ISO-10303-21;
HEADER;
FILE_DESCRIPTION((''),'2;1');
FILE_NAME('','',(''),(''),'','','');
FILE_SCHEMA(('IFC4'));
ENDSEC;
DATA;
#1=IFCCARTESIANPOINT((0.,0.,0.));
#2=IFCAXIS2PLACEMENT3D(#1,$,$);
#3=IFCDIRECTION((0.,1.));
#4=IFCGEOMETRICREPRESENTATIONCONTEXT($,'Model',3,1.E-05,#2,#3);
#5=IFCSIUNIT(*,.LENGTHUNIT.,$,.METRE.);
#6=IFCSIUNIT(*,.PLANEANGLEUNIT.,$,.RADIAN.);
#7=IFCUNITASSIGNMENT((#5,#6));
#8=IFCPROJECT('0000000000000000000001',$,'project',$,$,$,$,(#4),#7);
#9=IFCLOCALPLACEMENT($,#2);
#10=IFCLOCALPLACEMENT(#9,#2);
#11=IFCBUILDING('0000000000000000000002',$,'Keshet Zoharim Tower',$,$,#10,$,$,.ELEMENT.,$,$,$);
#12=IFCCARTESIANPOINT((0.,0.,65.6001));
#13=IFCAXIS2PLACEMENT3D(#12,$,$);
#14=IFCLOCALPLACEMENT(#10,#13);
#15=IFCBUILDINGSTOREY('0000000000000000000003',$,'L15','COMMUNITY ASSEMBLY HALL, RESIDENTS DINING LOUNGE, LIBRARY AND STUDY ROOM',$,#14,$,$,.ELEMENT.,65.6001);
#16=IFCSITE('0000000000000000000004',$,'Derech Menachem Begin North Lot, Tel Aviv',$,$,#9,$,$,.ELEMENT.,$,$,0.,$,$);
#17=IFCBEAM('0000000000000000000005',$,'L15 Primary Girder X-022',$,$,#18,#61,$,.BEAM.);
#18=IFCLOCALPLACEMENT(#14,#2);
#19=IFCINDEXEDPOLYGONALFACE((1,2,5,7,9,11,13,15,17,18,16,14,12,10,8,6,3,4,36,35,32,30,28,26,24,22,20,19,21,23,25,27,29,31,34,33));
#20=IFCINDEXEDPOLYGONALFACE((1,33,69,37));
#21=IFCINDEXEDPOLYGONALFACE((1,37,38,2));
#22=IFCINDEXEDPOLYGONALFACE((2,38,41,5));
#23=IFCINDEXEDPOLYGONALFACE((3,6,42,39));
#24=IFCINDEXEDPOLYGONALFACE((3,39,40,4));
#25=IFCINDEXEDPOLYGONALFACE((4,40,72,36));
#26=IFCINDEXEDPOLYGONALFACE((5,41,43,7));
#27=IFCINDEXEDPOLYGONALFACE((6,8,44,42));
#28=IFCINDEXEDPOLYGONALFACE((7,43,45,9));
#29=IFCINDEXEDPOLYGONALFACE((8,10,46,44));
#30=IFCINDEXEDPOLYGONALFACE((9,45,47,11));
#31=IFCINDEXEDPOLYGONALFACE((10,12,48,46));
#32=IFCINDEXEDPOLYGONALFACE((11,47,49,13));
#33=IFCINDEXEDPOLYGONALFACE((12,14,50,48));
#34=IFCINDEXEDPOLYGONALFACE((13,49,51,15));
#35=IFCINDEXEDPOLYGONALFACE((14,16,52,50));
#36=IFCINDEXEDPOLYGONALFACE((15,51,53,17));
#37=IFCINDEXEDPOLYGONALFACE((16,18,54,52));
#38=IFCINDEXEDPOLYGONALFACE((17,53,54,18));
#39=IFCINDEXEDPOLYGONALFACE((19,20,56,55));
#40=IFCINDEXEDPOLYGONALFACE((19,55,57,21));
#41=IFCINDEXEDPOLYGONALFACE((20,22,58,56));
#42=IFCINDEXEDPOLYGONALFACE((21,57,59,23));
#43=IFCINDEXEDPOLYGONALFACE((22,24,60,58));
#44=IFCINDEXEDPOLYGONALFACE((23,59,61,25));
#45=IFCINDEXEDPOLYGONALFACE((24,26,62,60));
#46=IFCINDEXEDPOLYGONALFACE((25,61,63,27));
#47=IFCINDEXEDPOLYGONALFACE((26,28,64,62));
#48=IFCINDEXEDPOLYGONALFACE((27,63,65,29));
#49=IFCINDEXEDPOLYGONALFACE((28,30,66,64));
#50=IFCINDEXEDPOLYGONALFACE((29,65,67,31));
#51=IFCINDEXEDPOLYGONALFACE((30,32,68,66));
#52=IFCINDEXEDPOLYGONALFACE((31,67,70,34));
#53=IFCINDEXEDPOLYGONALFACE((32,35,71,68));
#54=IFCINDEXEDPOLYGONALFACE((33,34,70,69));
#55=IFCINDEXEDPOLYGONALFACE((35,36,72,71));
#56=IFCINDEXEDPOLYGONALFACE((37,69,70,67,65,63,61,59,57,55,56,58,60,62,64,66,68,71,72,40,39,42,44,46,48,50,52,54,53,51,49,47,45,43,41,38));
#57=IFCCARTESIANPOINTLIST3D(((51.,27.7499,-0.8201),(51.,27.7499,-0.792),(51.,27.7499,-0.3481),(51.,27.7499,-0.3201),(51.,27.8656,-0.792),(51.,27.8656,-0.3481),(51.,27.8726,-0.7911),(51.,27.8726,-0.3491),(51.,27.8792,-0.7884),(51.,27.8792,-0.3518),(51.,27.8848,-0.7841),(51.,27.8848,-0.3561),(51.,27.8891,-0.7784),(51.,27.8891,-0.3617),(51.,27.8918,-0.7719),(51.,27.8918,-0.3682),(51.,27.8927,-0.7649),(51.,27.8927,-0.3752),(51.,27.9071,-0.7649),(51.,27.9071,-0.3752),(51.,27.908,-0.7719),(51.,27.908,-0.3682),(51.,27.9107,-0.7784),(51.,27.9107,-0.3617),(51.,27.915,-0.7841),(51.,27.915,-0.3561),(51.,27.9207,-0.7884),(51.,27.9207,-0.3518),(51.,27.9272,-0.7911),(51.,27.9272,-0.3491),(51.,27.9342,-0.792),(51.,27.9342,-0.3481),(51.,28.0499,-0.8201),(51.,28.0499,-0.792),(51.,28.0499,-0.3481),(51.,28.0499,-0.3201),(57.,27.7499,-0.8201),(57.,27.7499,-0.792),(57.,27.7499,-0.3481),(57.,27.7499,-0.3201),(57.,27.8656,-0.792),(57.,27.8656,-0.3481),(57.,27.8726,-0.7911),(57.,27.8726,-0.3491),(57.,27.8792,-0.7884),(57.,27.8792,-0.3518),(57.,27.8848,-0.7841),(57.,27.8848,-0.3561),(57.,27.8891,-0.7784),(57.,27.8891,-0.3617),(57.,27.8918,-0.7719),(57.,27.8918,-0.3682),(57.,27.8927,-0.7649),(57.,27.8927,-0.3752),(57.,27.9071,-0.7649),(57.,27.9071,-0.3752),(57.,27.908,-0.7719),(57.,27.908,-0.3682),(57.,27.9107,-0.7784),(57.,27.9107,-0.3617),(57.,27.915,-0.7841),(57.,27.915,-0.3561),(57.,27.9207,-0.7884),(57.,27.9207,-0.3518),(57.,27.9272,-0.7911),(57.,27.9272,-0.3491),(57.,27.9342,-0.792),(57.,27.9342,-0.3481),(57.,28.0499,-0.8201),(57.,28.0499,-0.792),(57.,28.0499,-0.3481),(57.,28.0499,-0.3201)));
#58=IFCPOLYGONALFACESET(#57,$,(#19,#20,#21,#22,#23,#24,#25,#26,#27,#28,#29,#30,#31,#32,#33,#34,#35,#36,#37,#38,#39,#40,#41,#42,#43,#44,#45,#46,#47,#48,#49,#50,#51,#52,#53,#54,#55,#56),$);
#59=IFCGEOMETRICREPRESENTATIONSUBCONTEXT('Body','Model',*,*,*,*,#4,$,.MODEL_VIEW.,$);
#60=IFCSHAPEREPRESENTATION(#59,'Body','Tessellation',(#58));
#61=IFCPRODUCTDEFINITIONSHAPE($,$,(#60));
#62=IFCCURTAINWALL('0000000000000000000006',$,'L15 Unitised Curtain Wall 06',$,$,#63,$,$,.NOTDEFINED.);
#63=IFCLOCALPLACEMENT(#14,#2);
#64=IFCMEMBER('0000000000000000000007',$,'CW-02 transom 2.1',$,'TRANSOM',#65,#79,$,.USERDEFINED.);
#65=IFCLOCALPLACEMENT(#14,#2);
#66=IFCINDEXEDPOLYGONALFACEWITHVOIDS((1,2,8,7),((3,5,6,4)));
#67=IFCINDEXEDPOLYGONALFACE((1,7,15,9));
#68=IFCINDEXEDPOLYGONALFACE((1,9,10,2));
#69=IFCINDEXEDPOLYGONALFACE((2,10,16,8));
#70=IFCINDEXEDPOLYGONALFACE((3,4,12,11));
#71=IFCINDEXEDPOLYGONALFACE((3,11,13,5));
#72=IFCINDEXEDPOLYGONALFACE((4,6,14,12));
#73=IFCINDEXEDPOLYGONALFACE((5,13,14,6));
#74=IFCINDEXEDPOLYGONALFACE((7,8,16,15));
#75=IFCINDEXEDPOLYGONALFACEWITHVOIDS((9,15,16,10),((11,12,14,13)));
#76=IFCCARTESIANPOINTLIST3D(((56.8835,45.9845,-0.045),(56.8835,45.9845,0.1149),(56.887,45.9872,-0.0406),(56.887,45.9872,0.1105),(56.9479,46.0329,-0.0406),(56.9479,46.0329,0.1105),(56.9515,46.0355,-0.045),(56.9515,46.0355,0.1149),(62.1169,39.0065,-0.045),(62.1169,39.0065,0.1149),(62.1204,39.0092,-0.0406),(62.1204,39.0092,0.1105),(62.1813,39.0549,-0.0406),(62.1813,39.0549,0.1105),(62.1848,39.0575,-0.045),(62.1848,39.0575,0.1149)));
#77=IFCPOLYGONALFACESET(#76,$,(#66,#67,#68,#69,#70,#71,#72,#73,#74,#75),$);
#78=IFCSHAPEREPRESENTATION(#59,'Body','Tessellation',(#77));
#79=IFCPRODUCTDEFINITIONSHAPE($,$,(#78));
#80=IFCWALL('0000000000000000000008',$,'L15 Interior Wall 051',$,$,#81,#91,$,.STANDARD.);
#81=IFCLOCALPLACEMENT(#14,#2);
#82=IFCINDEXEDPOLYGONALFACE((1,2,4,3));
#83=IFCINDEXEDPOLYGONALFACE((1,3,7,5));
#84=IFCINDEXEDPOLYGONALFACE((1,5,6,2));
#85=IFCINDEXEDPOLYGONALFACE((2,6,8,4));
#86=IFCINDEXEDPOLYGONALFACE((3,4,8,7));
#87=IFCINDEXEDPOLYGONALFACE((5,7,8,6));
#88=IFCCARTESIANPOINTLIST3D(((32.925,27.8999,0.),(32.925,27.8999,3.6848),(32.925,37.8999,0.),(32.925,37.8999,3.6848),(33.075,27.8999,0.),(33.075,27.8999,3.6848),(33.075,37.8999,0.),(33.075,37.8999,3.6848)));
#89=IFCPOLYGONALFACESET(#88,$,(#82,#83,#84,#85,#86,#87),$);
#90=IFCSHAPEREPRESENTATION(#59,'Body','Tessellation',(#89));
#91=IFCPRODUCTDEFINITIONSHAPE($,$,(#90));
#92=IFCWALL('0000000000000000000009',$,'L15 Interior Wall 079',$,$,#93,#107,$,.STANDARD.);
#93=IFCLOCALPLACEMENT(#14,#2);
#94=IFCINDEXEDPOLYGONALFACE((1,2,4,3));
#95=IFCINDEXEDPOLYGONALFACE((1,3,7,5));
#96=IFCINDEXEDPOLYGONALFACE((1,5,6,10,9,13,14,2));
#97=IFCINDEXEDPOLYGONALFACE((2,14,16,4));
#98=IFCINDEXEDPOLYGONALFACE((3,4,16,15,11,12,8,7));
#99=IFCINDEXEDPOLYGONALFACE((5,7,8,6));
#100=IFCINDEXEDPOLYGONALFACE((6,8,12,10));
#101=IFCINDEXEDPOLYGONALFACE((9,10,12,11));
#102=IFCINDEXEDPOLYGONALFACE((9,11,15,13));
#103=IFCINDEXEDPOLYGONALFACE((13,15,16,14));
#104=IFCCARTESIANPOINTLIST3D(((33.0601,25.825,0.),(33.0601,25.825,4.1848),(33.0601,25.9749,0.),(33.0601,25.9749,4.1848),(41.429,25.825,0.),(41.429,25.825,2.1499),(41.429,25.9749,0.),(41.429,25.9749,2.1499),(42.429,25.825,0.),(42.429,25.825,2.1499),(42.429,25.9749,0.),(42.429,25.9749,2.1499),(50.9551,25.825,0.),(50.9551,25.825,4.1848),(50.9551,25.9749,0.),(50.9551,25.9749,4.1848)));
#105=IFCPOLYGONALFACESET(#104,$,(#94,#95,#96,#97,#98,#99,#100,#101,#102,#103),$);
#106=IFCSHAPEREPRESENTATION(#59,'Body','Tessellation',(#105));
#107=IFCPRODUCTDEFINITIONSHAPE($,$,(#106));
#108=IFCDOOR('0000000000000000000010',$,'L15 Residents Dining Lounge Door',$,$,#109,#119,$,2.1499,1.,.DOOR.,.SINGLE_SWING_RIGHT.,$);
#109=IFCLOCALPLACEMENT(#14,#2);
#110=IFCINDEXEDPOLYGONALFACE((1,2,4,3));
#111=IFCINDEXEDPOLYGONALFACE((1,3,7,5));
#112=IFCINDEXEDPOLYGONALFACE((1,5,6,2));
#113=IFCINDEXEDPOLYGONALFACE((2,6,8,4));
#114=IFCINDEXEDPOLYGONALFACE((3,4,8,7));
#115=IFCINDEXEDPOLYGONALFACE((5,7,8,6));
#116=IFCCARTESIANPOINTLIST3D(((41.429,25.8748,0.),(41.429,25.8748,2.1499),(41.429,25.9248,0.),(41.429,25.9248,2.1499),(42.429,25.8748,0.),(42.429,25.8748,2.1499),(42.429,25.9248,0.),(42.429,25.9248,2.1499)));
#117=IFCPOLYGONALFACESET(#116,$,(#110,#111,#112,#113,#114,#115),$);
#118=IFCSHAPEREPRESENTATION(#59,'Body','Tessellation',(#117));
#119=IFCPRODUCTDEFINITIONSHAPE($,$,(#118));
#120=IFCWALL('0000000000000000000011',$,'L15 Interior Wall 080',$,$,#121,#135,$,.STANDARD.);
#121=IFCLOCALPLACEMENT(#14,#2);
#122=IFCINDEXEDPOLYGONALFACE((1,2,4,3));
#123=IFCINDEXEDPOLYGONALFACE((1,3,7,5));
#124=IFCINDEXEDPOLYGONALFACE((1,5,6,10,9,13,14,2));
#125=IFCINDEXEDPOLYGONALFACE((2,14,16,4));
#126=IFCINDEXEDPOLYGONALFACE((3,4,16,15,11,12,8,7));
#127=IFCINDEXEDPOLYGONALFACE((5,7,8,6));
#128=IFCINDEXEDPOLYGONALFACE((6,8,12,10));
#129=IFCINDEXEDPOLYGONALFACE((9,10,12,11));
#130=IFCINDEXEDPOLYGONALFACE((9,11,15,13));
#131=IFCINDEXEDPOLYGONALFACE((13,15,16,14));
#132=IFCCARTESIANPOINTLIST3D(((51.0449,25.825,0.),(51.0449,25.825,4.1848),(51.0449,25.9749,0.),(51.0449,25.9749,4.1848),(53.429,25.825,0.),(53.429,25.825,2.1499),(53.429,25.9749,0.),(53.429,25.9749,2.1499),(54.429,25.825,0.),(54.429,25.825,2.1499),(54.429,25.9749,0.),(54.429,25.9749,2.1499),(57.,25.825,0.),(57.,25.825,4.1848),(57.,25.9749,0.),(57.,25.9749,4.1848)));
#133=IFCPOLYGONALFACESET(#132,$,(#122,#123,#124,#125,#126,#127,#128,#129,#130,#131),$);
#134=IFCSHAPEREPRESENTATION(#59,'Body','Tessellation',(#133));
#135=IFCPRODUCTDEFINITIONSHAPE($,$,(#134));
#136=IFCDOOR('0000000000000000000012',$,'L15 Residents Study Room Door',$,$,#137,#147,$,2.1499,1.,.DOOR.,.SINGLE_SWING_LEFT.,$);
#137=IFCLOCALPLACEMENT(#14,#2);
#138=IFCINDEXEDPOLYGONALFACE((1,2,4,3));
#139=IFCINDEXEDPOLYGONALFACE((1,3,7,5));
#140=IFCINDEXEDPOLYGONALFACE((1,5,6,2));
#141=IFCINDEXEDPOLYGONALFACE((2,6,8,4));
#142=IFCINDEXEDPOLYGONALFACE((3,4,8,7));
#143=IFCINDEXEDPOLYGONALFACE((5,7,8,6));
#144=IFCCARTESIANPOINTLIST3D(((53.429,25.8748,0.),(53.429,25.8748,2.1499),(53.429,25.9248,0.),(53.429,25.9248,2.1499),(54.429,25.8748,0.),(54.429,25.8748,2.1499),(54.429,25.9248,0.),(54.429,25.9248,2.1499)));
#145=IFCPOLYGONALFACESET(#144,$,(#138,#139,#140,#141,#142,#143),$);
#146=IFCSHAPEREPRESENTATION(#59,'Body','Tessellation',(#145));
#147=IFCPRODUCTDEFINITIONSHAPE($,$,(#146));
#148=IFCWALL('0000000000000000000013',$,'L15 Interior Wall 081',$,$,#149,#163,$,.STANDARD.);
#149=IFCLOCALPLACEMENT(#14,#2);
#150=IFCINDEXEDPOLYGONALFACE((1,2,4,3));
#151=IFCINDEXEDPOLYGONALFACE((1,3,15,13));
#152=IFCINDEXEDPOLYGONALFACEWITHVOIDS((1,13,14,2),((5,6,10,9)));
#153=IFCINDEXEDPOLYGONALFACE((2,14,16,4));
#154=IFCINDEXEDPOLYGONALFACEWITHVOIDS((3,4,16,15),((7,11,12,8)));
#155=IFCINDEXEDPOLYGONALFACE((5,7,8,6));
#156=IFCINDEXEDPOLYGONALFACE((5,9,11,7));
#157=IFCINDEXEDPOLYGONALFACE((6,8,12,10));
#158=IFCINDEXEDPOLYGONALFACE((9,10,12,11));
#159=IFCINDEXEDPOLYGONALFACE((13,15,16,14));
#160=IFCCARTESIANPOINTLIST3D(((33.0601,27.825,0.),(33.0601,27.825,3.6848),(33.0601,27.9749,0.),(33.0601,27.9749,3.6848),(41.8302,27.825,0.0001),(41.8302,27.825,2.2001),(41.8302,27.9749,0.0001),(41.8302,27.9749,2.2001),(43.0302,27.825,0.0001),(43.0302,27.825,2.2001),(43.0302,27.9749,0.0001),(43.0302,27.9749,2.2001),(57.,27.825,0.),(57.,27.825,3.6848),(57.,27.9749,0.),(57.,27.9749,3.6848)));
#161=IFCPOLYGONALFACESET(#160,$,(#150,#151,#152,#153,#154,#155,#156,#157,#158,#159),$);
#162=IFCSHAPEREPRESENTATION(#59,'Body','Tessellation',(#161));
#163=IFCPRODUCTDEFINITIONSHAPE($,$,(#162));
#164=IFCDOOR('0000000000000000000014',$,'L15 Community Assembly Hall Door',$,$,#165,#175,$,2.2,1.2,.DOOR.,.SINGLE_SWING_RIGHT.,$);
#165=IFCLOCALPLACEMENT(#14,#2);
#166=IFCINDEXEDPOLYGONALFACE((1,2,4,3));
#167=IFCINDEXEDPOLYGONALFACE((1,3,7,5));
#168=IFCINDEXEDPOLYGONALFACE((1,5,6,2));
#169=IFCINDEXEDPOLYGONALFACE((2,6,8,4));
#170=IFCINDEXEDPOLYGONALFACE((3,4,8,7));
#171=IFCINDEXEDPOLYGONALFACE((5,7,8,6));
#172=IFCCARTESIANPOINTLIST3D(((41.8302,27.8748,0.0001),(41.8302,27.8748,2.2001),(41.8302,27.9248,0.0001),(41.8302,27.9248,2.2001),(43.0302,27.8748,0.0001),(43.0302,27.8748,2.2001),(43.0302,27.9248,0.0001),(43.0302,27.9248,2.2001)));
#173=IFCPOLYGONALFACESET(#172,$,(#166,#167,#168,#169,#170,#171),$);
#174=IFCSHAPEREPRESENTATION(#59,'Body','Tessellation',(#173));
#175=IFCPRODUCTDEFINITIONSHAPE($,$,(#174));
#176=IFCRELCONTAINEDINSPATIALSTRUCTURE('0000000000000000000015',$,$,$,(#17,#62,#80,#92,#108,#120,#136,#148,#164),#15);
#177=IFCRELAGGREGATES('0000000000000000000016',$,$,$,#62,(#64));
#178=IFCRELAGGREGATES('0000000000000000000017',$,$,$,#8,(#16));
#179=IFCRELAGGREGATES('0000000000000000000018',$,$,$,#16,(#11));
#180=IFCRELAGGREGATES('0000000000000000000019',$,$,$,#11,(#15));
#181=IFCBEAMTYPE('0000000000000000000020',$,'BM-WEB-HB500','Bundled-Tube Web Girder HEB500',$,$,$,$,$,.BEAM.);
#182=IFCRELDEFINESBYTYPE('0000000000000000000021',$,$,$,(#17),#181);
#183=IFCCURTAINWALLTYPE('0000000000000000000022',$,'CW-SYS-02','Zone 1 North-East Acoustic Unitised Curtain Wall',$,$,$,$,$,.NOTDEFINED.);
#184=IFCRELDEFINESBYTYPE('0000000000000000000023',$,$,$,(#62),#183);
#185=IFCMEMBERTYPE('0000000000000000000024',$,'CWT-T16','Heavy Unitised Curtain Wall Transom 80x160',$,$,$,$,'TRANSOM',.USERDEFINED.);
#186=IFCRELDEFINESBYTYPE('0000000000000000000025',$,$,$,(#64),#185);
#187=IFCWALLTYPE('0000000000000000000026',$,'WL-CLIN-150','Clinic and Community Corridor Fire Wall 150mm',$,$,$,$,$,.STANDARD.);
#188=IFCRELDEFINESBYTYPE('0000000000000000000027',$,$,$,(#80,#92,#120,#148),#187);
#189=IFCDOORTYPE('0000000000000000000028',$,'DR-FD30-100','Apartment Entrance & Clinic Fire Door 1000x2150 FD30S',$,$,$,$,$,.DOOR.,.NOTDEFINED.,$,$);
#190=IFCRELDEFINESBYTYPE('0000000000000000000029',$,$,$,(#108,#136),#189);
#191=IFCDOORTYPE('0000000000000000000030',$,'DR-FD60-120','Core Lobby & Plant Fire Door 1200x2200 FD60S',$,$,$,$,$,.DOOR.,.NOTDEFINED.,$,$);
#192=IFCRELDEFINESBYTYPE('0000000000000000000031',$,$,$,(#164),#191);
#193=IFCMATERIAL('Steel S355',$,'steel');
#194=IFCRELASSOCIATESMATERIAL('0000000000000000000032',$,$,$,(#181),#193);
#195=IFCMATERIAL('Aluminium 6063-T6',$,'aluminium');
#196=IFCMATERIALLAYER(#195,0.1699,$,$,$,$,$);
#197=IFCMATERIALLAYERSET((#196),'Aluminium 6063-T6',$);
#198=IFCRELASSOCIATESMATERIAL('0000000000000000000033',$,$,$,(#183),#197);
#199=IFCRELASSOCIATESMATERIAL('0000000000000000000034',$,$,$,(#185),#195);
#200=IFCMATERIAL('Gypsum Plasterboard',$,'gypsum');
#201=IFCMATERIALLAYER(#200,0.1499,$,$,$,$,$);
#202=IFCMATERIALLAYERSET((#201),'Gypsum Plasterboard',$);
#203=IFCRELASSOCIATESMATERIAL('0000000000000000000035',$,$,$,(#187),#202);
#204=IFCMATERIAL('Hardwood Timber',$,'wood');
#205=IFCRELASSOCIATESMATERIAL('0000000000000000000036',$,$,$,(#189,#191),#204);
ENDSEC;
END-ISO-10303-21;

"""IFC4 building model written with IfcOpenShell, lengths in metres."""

from ifc_helpers import new_model, si_unit, direction, frame, frame_2d, origin, origin_2d, place, context, subcontext, project, spatial, rectangle, hollow_rectangle, i_section, extrude, material, layer, layer_set, material_profile, profile_set, type_object, element, fill, aggregate, save


model = new_model("IFC4")

# Units and contexts
model_context = context("Model", 3, precision=1e-05, world=origin(), true_north=direction((0.0, 1.0)))
body_context = subcontext(model_context, "Body", "Model", "MODEL_VIEW")
ifc_project = project(units=[si_unit("LENGTHUNIT", "METRE"), si_unit("PLANEANGLEUNIT", "RADIAN")], contexts=[model_context])

# Site, building, storey
site_placement = place(None, origin())
site = spatial("IfcSite", under=ifc_project, at=site_placement, Name="Derech Menachem Begin North Lot, Tel Aviv", CompositionType="ELEMENT", RefElevation=0.0)
building_placement = place(site_placement, origin())
building = spatial("IfcBuilding", under=site, at=building_placement, Name="Keshet Zoharim Tower", CompositionType="ELEMENT")
storey_placement = place(building_placement, frame((0.0, 0.0, 65.6001)))
storey = spatial("IfcBuildingStorey", under=building, at=storey_placement, Name="L15", Description="COMMUNITY ASSEMBLY HALL, RESIDENTS DINING LOUNGE, LIBRARY AND STUDY ROOM", CompositionType="ELEMENT", Elevation=65.6001)

# Beam
ifc_material_1 = material(Name="Steel S355", Category="steel")
ifc_material_profile_1 = material_profile(ifc_material_1, i_section(OverallWidth=0.3, OverallDepth=0.5, WebThickness=0.0144, FlangeThickness=0.0281, FilletRadius=0.0271, at=origin_2d()), Name="HEB500")
ifc_profile_set_1 = profile_set([ifc_material_profile_1], Name="Steel S355")
beam_type_1 = type_object("IfcBeamType", Name="BM-WEB-HB500", Description="Bundled-Tube Web Girder HEB500", PredefinedType="BEAM", material=ifc_profile_set_1)
for number, where, z_axis, x_axis, name in (
    (1, (51.0, 27.8999, -0.5701), (1.0, 0.0, 0.0), (0.0, 1.0, 0.0), "L15 Primary Girder X-022"),
):
    element("IfcBeam", number, at=place(storey_placement, frame(where, z_axis=z_axis, x_axis=x_axis)), inside=storey, type_object=beam_type_1, Name=name, PredefinedType="BEAM", context=body_context, shape_type="SweptSolid", body=[
        extrude(i_section(OverallWidth=0.3, OverallDepth=0.5, WebThickness=0.0144, FlangeThickness=0.0281, FilletRadius=0.0271, at=origin_2d()), origin(), (0.0, 0.0, 1.0), 6.0),
    ])

# Curtain wall, member
ifc_material_2 = material(Name="Aluminium 6063-T6", Category="aluminium")
ifc_layer_1 = layer(ifc_material_2, 0.1699)
ifc_layer_set_1 = layer_set([ifc_layer_1], Name="Aluminium 6063-T6")
curtain_wall_type = type_object("IfcCurtainWallType", Name="CW-SYS-02", Description="Zone 1 North-East Acoustic Unitised Curtain Wall", PredefinedType="NOTDEFINED", material=ifc_layer_set_1)
curtain_wall_placement = place(storey_placement, origin())
curtain_wall = element("IfcCurtainWall", 2, at=curtain_wall_placement, inside=storey, type_object=curtain_wall_type, Name="L15 Unitised Curtain Wall 06", PredefinedType="NOTDEFINED")
ifc_material_profile_2 = material_profile(ifc_material_2, hollow_rectangle(XDim=0.085, YDim=0.1599, WallThickness=0.0044, at=origin_2d()), Name="TRN-85x160")
ifc_profile_set_2 = profile_set([ifc_material_profile_2], Name="Aluminium 6063-T6")
member_type = type_object("IfcMemberType", Name="CWT-T16", Description="Heavy Unitised Curtain Wall Transom 80x160", ElementType="TRANSOM", PredefinedType="USERDEFINED", material=ifc_profile_set_2)
member_placement = place(storey_placement, frame((56.9175, 46.01, 0.0349), z_axis=(0.599991, -0.800007, 0.0), x_axis=(0.800007, 0.599991, 0.0)))
member = element("IfcMember", 3, at=member_placement, type_object=member_type, Name="CW-02 transom 2.1", ObjectType="TRANSOM", PredefinedType="USERDEFINED", context=body_context, shape_type="SweptSolid", body=[
    extrude(hollow_rectangle(XDim=0.085, YDim=0.1599, WallThickness=0.0044, at=origin_2d()), origin(), (0.0, 0.0, 1.0), 8.7224),
])
aggregate(curtain_wall, [member])

# Wall
ifc_material_3 = material(Name="Gypsum Plasterboard", Category="gypsum")
ifc_layer_2 = layer(ifc_material_3, 0.1499)
ifc_layer_set_2 = layer_set([ifc_layer_2], Name="Gypsum Plasterboard")
wall_type_1 = type_object("IfcWallType", Name="WL-CLIN-150", Description="Clinic and Community Corridor Fire Wall 150mm", PredefinedType="STANDARD", material=ifc_layer_set_2)
wall_1_placement = place(storey_placement, frame((33.0, 27.8999, 0.0), z_axis=(0.0, 0.0, 1.0), x_axis=(0.0, 1.0, 0.0)))
element("IfcWall", 4, at=wall_1_placement, inside=storey, type_object=wall_type_1, Name="L15 Interior Wall 051", PredefinedType="STANDARD", context=body_context, shape_type="SweptSolid", body=[
    extrude(rectangle(XDim=10.0, YDim=0.1499, at=frame_2d((5.0, 0.0))), origin(), (0.0, 0.0, 1.0), 3.6848),
])

# Walls, openings, doors
wall_2_placement = place(storey_placement, frame((33.0601, 25.8999, 0.0), z_axis=(0.0, 0.0, 1.0), x_axis=(1.0, 0.0, 0.0)))
wall_2 = element("IfcWall", 5, at=wall_2_placement, inside=storey, type_object=wall_type_1, Name="L15 Interior Wall 079", PredefinedType="STANDARD", context=body_context, shape_type="SweptSolid", body=[
    extrude(rectangle(XDim=17.895, YDim=0.1499, at=frame_2d((8.9475, 0.0))), origin(), (0.0, 0.0, 1.0), 4.1848),
])
opening_1_placement = place(wall_2_placement, frame((8.3689, 0.0, 0.0)))
opening_1 = element("IfcOpeningElement", 6, at=opening_1_placement, cuts=wall_2, PredefinedType="OPENING", context=body_context, shape_type="SweptSolid", body=[
    extrude(rectangle(XDim=1.0, YDim=2.1499, at=frame_2d((0.5, 1.075))), frame((0.0, 0.085, 0.0), z_axis=(0.0, -1.0, 0.0), x_axis=(1.0, 0.0, 0.0)), (0.0, 0.0, 1.0), 0.1699),
])
ifc_material_4 = material(Name="Hardwood Timber", Category="wood")
door_type_1 = type_object("IfcDoorType", Name="DR-FD30-100", Description="Apartment Entrance & Clinic Fire Door 1000x2150 FD30S", OperationType="NOTDEFINED", PredefinedType="DOOR", material=ifc_material_4)
door_1_placement = place(opening_1_placement, origin())
door_1 = element("IfcDoor", 7, at=door_1_placement, inside=storey, type_object=door_type_1, Name="L15 Residents Dining Lounge Door", OperationType="SINGLE_SWING_RIGHT", OverallHeight=2.1499, OverallWidth=1.0, PredefinedType="DOOR", context=body_context, shape_type="SweptSolid", body=[
    extrude(rectangle(XDim=1.0, YDim=2.1499, at=frame_2d((0.5, 1.075))), frame((0.0, 0.0249, 0.0), z_axis=(0.0, -1.0, 0.0), x_axis=(1.0, 0.0, 0.0)), (0.0, 0.0, 1.0), 0.05),
])
fill(opening_1, door_1)
wall_3_placement = place(storey_placement, frame((51.0449, 25.8999, 0.0), z_axis=(0.0, 0.0, 1.0), x_axis=(1.0, 0.0, 0.0)))
wall_3 = element("IfcWall", 8, at=wall_3_placement, inside=storey, type_object=wall_type_1, Name="L15 Interior Wall 080", PredefinedType="STANDARD", context=body_context, shape_type="SweptSolid", body=[
    extrude(rectangle(XDim=5.9551, YDim=0.1499, at=frame_2d((2.9775, 0.0))), origin(), (0.0, 0.0, 1.0), 4.1848),
])
opening_2_placement = place(wall_3_placement, frame((2.384, 0.0, 0.0)))
opening_2 = element("IfcOpeningElement", 9, at=opening_2_placement, cuts=wall_3, PredefinedType="OPENING", context=body_context, shape_type="SweptSolid", body=[
    extrude(rectangle(XDim=1.0, YDim=2.1499, at=frame_2d((0.5, 1.075))), frame((0.0, 0.085, 0.0), z_axis=(0.0, -1.0, 0.0), x_axis=(1.0, 0.0, 0.0)), (0.0, 0.0, 1.0), 0.1699),
])
door_2_placement = place(opening_2_placement, origin())
door_2 = element("IfcDoor", 10, at=door_2_placement, inside=storey, type_object=door_type_1, Name="L15 Residents Study Room Door", OperationType="SINGLE_SWING_LEFT", OverallHeight=2.1499, OverallWidth=1.0, PredefinedType="DOOR", context=body_context, shape_type="SweptSolid", body=[
    extrude(rectangle(XDim=1.0, YDim=2.1499, at=frame_2d((0.5, 1.075))), frame((0.0, 0.0249, 0.0), z_axis=(0.0, -1.0, 0.0), x_axis=(1.0, 0.0, 0.0)), (0.0, 0.0, 1.0), 0.05),
])
fill(opening_2, door_2)
wall_4_placement = place(storey_placement, frame((33.0601, 27.8999, 0.0), z_axis=(0.0, 0.0, 1.0), x_axis=(1.0, 0.0, 0.0)))
wall_4 = element("IfcWall", 11, at=wall_4_placement, inside=storey, type_object=wall_type_1, Name="L15 Interior Wall 081", PredefinedType="STANDARD", context=body_context, shape_type="SweptSolid", body=[
    extrude(rectangle(XDim=23.9399, YDim=0.1499, at=frame_2d((11.97, 0.0))), origin(), (0.0, 0.0, 1.0), 3.6848),
])
opening_3_placement = place(wall_4_placement, frame((8.77, 0.0, 0.0)))
opening_3 = element("IfcOpeningElement", 12, at=opening_3_placement, cuts=wall_4, PredefinedType="OPENING", context=body_context, shape_type="SweptSolid", body=[
    extrude(rectangle(XDim=1.2, YDim=2.2, at=frame_2d((0.6001, 1.1001))), frame((0.0, 0.085, 0.0), z_axis=(0.0, -1.0, 0.0), x_axis=(1.0, 0.0, 0.0)), (0.0, 0.0, 1.0), 0.1699),
])
door_type_2 = type_object("IfcDoorType", Name="DR-FD60-120", Description="Core Lobby & Plant Fire Door 1200x2200 FD60S", OperationType="NOTDEFINED", PredefinedType="DOOR", material=ifc_material_4)
door_3_placement = place(opening_3_placement, origin())
door_3 = element("IfcDoor", 13, at=door_3_placement, inside=storey, type_object=door_type_2, Name="L15 Community Assembly Hall Door", OperationType="SINGLE_SWING_RIGHT", OverallHeight=2.2, OverallWidth=1.2, PredefinedType="DOOR", context=body_context, shape_type="SweptSolid", body=[
    extrude(rectangle(XDim=1.2, YDim=2.2, at=frame_2d((0.6001, 1.1001))), frame((0.0, 0.0249, 0.0), z_axis=(0.0, -1.0, 0.0), x_axis=(1.0, 0.0, 0.0)), (0.0, 0.0, 1.0), 0.05),
])
fill(opening_3, door_3)

save(model, "model.ifc")
